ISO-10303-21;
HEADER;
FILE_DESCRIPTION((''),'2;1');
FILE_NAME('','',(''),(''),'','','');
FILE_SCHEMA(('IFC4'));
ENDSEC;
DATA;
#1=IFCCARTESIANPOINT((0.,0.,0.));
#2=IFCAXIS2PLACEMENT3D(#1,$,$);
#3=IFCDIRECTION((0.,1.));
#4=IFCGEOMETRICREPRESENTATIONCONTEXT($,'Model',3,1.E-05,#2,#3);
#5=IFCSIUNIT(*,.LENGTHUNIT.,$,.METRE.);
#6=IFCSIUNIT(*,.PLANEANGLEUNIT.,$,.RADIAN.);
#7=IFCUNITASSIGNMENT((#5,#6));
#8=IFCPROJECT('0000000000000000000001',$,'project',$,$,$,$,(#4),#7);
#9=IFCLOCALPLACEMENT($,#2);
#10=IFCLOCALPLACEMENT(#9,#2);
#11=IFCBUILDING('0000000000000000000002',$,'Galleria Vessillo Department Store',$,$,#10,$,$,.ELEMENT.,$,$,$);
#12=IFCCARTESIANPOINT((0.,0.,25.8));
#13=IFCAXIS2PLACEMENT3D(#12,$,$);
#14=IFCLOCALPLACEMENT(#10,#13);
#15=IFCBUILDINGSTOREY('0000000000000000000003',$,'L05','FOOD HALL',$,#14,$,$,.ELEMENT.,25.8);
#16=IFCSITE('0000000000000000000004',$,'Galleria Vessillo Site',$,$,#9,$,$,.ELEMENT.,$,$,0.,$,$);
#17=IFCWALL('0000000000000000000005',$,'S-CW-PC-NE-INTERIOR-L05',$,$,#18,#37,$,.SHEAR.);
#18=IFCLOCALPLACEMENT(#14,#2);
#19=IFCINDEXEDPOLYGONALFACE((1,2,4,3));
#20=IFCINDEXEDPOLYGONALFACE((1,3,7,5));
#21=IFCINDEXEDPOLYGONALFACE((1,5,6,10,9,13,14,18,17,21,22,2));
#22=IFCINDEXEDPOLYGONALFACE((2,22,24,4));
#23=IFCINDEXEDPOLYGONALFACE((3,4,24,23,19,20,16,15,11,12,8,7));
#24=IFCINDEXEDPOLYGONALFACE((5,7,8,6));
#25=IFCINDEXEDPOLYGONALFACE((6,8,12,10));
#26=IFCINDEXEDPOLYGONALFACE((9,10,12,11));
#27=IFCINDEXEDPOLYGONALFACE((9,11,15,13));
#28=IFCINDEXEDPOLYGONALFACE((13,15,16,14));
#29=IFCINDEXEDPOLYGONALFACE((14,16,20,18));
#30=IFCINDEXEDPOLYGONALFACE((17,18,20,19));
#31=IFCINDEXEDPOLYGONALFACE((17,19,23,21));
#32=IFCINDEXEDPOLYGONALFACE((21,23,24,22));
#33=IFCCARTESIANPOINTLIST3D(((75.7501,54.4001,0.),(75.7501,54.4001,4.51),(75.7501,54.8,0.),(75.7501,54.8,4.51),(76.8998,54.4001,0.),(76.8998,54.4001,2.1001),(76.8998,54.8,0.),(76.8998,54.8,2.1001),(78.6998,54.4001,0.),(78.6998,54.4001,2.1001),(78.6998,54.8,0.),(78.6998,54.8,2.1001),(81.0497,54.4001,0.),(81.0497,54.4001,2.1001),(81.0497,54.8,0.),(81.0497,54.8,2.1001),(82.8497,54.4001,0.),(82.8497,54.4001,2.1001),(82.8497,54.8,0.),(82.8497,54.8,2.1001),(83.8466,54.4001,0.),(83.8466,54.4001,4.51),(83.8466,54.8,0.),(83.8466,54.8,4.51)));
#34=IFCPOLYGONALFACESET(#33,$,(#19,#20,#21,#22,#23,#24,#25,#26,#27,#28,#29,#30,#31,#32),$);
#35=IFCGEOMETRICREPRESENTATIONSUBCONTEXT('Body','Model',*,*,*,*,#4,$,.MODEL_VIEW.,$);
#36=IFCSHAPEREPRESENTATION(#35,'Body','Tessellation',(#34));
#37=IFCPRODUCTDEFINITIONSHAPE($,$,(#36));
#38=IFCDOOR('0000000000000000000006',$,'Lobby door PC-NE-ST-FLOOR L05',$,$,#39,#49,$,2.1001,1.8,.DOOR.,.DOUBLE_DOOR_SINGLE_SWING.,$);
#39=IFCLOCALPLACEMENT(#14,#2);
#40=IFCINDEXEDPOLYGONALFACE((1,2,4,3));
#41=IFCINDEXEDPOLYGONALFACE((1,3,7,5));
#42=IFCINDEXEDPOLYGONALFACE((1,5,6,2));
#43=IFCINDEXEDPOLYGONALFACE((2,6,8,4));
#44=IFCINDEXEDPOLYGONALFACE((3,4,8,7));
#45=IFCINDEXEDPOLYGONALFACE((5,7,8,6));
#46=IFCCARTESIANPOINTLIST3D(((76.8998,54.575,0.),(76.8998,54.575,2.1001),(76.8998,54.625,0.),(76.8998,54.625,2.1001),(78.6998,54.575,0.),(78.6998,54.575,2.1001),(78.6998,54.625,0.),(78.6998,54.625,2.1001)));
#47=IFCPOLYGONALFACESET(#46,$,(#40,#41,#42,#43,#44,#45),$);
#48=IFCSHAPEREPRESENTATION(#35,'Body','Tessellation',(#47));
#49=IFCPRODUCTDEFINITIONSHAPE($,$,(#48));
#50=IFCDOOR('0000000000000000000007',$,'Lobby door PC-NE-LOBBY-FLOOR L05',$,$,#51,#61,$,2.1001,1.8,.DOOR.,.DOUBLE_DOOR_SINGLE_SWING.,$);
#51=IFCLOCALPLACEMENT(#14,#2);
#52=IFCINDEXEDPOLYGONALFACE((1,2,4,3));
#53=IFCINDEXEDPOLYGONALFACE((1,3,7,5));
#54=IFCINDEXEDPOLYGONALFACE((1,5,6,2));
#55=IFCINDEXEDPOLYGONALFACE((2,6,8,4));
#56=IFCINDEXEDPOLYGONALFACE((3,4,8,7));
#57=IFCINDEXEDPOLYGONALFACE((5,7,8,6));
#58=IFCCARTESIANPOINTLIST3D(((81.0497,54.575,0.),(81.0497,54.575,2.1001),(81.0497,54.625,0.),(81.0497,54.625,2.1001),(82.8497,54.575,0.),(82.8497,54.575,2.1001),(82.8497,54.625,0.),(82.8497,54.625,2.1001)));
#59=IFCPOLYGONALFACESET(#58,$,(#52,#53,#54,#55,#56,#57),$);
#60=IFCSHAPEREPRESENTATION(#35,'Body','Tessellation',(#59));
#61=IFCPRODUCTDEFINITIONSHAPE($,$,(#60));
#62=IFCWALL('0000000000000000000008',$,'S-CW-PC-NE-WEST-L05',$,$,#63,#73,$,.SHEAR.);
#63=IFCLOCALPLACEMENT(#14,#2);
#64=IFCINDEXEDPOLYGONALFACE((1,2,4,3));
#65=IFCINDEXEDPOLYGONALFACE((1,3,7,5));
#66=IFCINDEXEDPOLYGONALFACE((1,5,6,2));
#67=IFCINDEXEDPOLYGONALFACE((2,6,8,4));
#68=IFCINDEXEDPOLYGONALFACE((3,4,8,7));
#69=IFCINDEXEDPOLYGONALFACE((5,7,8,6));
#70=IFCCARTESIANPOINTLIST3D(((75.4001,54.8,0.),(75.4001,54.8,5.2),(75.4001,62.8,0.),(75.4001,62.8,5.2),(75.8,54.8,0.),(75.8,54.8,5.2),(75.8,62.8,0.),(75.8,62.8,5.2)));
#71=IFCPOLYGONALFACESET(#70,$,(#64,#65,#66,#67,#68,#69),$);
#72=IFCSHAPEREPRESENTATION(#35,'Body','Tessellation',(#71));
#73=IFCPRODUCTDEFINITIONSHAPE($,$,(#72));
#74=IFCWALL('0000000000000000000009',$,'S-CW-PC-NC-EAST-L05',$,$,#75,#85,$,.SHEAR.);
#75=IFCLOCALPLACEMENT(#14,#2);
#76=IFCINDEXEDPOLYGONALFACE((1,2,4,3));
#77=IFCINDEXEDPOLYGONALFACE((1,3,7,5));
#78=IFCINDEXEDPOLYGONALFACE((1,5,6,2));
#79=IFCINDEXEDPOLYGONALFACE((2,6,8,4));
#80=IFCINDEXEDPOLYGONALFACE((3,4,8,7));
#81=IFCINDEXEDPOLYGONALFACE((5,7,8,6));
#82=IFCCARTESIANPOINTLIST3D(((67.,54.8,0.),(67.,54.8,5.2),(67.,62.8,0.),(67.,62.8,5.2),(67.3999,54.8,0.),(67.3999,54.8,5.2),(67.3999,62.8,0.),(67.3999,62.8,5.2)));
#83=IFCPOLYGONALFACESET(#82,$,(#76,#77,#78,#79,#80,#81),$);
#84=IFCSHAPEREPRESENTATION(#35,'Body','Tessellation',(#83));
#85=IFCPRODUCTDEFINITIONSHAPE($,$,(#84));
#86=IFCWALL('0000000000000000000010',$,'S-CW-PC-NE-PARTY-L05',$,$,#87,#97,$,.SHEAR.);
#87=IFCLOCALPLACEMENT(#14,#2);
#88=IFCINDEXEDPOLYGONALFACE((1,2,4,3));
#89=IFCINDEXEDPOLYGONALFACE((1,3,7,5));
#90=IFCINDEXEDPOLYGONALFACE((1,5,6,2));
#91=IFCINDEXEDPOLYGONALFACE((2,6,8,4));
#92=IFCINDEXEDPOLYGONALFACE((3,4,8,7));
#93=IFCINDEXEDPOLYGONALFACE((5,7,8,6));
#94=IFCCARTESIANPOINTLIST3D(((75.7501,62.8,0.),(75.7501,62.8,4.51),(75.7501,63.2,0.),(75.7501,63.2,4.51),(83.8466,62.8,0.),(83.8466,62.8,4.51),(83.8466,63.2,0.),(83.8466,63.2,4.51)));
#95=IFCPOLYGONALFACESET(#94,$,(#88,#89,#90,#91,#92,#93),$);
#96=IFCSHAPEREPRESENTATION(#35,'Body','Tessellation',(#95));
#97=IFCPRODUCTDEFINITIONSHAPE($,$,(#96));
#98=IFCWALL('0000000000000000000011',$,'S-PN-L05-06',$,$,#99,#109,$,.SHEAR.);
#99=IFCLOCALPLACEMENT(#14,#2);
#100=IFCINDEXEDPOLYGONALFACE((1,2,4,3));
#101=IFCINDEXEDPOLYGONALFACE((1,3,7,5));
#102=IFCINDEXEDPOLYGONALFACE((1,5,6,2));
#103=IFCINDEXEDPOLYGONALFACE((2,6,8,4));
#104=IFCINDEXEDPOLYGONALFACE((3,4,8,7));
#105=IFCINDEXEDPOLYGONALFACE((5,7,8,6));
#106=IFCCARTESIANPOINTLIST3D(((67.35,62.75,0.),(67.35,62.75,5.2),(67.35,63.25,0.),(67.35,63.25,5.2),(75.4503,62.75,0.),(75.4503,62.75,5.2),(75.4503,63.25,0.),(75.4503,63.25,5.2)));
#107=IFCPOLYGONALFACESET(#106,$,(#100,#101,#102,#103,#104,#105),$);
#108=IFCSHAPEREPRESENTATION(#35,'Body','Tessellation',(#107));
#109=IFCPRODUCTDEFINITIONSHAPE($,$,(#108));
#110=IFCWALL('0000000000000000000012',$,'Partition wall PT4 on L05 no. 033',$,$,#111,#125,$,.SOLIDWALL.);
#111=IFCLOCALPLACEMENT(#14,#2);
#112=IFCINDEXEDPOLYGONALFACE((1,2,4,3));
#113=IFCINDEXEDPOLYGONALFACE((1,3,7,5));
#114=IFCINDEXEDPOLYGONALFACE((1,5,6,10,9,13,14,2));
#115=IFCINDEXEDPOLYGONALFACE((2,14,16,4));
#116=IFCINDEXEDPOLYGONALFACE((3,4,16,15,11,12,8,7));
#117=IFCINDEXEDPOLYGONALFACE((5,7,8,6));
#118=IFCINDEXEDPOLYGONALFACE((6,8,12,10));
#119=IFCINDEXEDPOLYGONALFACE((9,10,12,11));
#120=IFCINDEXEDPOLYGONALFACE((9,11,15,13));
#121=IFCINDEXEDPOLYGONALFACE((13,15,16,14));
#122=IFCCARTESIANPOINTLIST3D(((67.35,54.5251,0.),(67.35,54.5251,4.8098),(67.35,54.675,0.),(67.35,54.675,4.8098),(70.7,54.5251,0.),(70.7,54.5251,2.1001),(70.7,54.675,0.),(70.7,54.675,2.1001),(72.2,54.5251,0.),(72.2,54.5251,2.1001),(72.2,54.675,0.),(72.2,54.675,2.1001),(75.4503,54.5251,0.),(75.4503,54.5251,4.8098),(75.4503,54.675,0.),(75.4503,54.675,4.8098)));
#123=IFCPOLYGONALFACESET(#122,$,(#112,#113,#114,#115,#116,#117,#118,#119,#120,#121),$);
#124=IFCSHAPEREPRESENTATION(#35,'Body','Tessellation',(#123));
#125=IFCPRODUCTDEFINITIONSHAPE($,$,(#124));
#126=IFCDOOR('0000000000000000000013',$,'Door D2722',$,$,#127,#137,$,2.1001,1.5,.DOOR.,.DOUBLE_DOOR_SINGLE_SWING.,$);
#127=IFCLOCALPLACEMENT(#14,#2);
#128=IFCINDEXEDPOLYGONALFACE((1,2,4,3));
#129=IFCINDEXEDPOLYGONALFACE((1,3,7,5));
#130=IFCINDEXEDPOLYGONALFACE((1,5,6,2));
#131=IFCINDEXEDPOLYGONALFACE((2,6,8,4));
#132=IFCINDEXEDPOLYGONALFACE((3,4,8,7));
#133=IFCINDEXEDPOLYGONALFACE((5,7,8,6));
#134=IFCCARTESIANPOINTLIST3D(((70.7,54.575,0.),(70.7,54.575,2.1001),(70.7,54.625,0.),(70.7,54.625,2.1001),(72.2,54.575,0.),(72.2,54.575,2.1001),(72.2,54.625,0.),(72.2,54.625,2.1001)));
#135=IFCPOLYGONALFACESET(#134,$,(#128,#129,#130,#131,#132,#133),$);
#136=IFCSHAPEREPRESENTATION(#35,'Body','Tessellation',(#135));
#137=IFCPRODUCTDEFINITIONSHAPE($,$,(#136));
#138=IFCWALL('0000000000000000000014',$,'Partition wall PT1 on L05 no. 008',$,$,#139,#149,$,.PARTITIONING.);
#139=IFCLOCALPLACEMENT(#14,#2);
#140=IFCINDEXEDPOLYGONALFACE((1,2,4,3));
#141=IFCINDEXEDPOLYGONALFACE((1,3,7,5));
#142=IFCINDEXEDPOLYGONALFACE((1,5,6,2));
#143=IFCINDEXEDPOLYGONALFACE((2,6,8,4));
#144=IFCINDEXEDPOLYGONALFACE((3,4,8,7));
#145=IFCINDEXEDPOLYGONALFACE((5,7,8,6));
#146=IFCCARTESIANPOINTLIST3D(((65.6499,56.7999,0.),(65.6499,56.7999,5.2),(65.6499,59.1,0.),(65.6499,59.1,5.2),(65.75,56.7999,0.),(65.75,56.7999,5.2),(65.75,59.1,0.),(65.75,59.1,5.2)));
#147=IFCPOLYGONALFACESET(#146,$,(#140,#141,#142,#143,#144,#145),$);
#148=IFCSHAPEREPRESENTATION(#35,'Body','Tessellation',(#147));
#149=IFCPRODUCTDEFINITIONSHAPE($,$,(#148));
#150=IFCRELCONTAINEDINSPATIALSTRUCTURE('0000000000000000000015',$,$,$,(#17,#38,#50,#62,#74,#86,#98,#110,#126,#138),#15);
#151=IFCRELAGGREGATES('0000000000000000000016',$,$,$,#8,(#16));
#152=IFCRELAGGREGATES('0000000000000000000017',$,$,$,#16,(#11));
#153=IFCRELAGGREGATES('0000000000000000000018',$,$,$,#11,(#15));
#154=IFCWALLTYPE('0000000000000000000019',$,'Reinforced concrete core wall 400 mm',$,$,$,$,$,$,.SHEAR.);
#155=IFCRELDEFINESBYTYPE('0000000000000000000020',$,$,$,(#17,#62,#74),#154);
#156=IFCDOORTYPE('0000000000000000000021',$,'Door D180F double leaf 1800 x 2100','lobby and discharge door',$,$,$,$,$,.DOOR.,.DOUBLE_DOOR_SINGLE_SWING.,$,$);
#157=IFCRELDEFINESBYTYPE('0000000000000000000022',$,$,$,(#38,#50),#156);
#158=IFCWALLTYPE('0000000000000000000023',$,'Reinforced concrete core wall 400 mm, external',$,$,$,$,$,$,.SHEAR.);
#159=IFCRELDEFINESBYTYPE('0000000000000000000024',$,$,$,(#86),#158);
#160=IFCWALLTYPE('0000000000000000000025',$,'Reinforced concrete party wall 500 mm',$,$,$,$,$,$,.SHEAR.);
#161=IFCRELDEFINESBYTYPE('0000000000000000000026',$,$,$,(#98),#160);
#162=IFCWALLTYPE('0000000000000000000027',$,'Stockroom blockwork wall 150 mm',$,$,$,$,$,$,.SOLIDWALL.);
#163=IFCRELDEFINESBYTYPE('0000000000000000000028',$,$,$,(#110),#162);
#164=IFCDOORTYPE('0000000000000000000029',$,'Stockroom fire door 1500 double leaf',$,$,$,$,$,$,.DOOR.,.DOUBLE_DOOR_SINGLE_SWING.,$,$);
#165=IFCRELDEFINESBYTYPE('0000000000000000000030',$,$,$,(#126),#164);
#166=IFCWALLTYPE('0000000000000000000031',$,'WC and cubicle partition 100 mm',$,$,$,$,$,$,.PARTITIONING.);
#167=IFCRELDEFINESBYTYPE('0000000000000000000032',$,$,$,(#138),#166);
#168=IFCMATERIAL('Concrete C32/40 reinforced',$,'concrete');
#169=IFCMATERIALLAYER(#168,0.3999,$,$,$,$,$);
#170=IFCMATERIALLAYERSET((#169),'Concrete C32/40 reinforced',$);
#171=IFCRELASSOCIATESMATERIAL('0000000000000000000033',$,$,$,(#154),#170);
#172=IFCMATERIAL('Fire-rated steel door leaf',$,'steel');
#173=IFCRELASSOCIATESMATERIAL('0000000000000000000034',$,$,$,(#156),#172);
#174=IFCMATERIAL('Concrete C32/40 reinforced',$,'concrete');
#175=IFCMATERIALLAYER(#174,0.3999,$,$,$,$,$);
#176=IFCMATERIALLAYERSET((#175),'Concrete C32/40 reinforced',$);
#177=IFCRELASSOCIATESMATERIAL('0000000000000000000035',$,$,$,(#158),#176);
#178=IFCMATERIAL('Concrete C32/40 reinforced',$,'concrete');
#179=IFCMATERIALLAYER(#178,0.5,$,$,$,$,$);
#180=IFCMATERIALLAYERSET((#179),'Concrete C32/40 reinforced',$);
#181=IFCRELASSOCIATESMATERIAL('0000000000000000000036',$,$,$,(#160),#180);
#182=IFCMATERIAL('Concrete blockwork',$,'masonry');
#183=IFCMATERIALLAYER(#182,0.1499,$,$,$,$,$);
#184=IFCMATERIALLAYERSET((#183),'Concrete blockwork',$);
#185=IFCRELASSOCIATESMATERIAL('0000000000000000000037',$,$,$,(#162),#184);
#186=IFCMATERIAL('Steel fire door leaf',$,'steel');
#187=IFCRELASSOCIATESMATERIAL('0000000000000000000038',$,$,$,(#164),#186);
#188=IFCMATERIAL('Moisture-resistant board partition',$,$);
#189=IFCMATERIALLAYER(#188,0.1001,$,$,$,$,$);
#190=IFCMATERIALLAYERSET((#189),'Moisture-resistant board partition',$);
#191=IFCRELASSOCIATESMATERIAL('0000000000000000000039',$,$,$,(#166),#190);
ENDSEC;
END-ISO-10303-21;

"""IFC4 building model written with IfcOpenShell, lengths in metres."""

from ifc_helpers import new_model, si_unit, direction, frame, frame_2d, origin, place, context, subcontext, project, spatial, rectangle, extrude, material, layer, layer_set, type_object, element, fill, save


model = new_model("IFC4")

# Units and contexts
model_context = context("Model", 3, precision=1e-05, world=origin(), true_north=direction((0.0, 1.0)))
body_context = subcontext(model_context, "Body", "Model", "MODEL_VIEW")
ifc_project = project(units=[si_unit("LENGTHUNIT", "METRE"), si_unit("PLANEANGLEUNIT", "RADIAN")], contexts=[model_context])

# Site, building, storey
site_placement = place(None, origin())
site = spatial("IfcSite", under=ifc_project, at=site_placement, Name="Galleria Vessillo Site", CompositionType="ELEMENT", RefElevation=0.0)
building_placement = place(site_placement, origin())
building = spatial("IfcBuilding", under=site, at=building_placement, Name="Galleria Vessillo Department Store", CompositionType="ELEMENT")
storey_placement = place(building_placement, frame((0.0, 0.0, 25.8)))
storey = spatial("IfcBuildingStorey", under=building, at=storey_placement, Name="L05", Description="FOOD HALL", CompositionType="ELEMENT", Elevation=25.8)

# Wall, openings, doors
ifc_material_1 = material(Name="Concrete C32/40 reinforced", Category="concrete")
ifc_layer_1 = layer(ifc_material_1, 0.3999)
ifc_layer_set_1 = layer_set([ifc_layer_1], Name="Concrete C32/40 reinforced")
wall_type_1 = type_object("IfcWallType", Name="Reinforced concrete core wall 400 mm", PredefinedType="SHEAR", material=ifc_layer_set_1)
wall_1_placement = place(storey_placement, frame((75.75, 54.6001, 0.0), z_axis=(0.0, 0.0, 1.0), x_axis=(1.0, 0.0, 0.0)))
wall_1 = element("IfcWall", 1, at=wall_1_placement, inside=storey, type_object=wall_type_1, Name="S-CW-PC-NE-INTERIOR-L05", PredefinedType="SHEAR", context=body_context, shape_type="SweptSolid", body=[
    extrude(rectangle(XDim=8.0964, YDim=0.3999, at=frame_2d((4.0483, 0.0))), origin(), (0.0, 0.0, 1.0), 4.51),
])
opening_1_placement = place(wall_1_placement, frame((1.1499, 0.0, 0.0)))
opening_1 = element("IfcOpeningElement", 2, at=opening_1_placement, cuts=wall_1, PredefinedType="OPENING", context=body_context, shape_type="SweptSolid", body=[
    extrude(rectangle(XDim=1.8, YDim=2.1001, at=frame_2d((0.8999, 1.05))), frame((0.0, 0.21, 0.0), z_axis=(0.0, -1.0, 0.0), x_axis=(1.0, 0.0, 0.0)), (0.0, 0.0, 1.0), 0.4199),
])
opening_2_placement = place(wall_1_placement, frame((5.2998, 0.0, 0.0)))
opening_2 = element("IfcOpeningElement", 3, at=opening_2_placement, cuts=wall_1, PredefinedType="OPENING", context=body_context, shape_type="SweptSolid", body=[
    extrude(rectangle(XDim=1.8, YDim=2.1001, at=frame_2d((0.8999, 1.05))), frame((0.0, 0.21, 0.0), z_axis=(0.0, -1.0, 0.0), x_axis=(1.0, 0.0, 0.0)), (0.0, 0.0, 1.0), 0.4199),
])
ifc_material_2 = material(Name="Fire-rated steel door leaf", Category="steel")
door_type_1 = type_object("IfcDoorType", Name="Door D180F double leaf 1800 x 2100", Description="lobby and discharge door", OperationType="DOUBLE_DOOR_SINGLE_SWING", PredefinedType="DOOR", material=ifc_material_2)
door_1_placement = place(opening_1_placement, origin())
door_1 = element("IfcDoor", 4, at=door_1_placement, inside=storey, type_object=door_type_1, Name="Lobby door PC-NE-ST-FLOOR L05", OperationType="DOUBLE_DOOR_SINGLE_SWING", OverallHeight=2.1001, OverallWidth=1.8, PredefinedType="DOOR", context=body_context, shape_type="SweptSolid", body=[
    extrude(rectangle(XDim=1.8, YDim=2.1001, at=frame_2d((0.8999, 1.05))), frame((0.0, 0.0249, 0.0), z_axis=(0.0, -1.0, 0.0), x_axis=(1.0, 0.0, 0.0)), (0.0, 0.0, 1.0), 0.05),
])
fill(opening_1, door_1)
door_2_placement = place(opening_2_placement, origin())
door_2 = element("IfcDoor", 5, at=door_2_placement, inside=storey, type_object=door_type_1, Name="Lobby door PC-NE-LOBBY-FLOOR L05", OperationType="DOUBLE_DOOR_SINGLE_SWING", OverallHeight=2.1001, OverallWidth=1.8, PredefinedType="DOOR", context=body_context, shape_type="SweptSolid", body=[
    extrude(rectangle(XDim=1.8, YDim=2.1001, at=frame_2d((0.8999, 1.05))), frame((0.0, 0.0249, 0.0), z_axis=(0.0, -1.0, 0.0), x_axis=(1.0, 0.0, 0.0)), (0.0, 0.0, 1.0), 0.05),
])
fill(opening_2, door_2)

# Walls
for number, where, z_axis, x_axis, name in (
    (6, (75.6001, 54.8, 0.0), (0.0, 0.0, 1.0), (0.0, 1.0, 0.0), "S-CW-PC-NE-WEST-L05"),
    (7, (67.2, 54.8, 0.0), (0.0, 0.0, 1.0), (0.0, 1.0, 0.0), "S-CW-PC-NC-EAST-L05"),
):
    element("IfcWall", number, at=place(storey_placement, frame(where, z_axis=z_axis, x_axis=x_axis)), inside=storey, type_object=wall_type_1, Name=name, PredefinedType="SHEAR", context=body_context, shape_type="SweptSolid", body=[
        extrude(rectangle(XDim=8.0, YDim=0.3999, at=frame_2d((4.0, 0.0))), origin(), (0.0, 0.0, 1.0), 5.2),
    ])
ifc_material_3 = material(Name="Concrete C32/40 reinforced", Category="concrete")
ifc_layer_2 = layer(ifc_material_3, 0.3999)
ifc_layer_set_2 = layer_set([ifc_layer_2], Name="Concrete C32/40 reinforced")
wall_type_2 = type_object("IfcWallType", Name="Reinforced concrete core wall 400 mm, external", PredefinedType="SHEAR", material=ifc_layer_set_2)
wall_2_placement = place(storey_placement, frame((75.75, 63.0, 0.0), z_axis=(0.0, 0.0, 1.0), x_axis=(1.0, 0.0, 0.0)))
element("IfcWall", 8, at=wall_2_placement, inside=storey, type_object=wall_type_2, Name="S-CW-PC-NE-PARTY-L05", PredefinedType="SHEAR", context=body_context, shape_type="SweptSolid", body=[
    extrude(rectangle(XDim=8.0964, YDim=0.3999, at=frame_2d((4.0483, 0.0))), origin(), (0.0, 0.0, 1.0), 4.51),
])
ifc_material_4 = material(Name="Concrete C32/40 reinforced", Category="concrete")
ifc_layer_3 = layer(ifc_material_4, 0.5)
ifc_layer_set_3 = layer_set([ifc_layer_3], Name="Concrete C32/40 reinforced")
wall_type_3 = type_object("IfcWallType", Name="Reinforced concrete party wall 500 mm", PredefinedType="SHEAR", material=ifc_layer_set_3)
wall_3_placement = place(storey_placement, frame((67.3499, 63.0, 0.0), z_axis=(0.0, 0.0, 1.0), x_axis=(1.0, 0.0, 0.0)))
element("IfcWall", 9, at=wall_3_placement, inside=storey, type_object=wall_type_3, Name="S-PN-L05-06", PredefinedType="SHEAR", context=body_context, shape_type="SweptSolid", body=[
    extrude(rectangle(XDim=8.1003, YDim=0.5, at=frame_2d((4.0503, 0.0))), origin(), (0.0, 0.0, 1.0), 5.2),
])

# Wall, opening, door
ifc_material_5 = material(Name="Concrete blockwork", Category="masonry")
ifc_layer_4 = layer(ifc_material_5, 0.1499)
ifc_layer_set_4 = layer_set([ifc_layer_4], Name="Concrete blockwork")
wall_type_4 = type_object("IfcWallType", Name="Stockroom blockwork wall 150 mm", PredefinedType="SOLIDWALL", material=ifc_layer_set_4)
wall_4_placement = place(storey_placement, frame((67.3499, 54.6001, 0.0), z_axis=(0.0, 0.0, 1.0), x_axis=(1.0, 0.0, 0.0)))
wall_4 = element("IfcWall", 10, at=wall_4_placement, inside=storey, type_object=wall_type_4, Name="Partition wall PT4 on L05 no. 033", PredefinedType="SOLIDWALL", context=body_context, shape_type="SweptSolid", body=[
    extrude(rectangle(XDim=8.1003, YDim=0.1499, at=frame_2d((4.0503, 0.0))), origin(), (0.0, 0.0, 1.0), 4.8098),
])
opening_3_placement = place(wall_4_placement, frame((3.3501, 0.0, 0.0)))
opening_3 = element("IfcOpeningElement", 11, at=opening_3_placement, cuts=wall_4, PredefinedType="OPENING", context=body_context, shape_type="SweptSolid", body=[
    extrude(rectangle(XDim=1.5, YDim=2.1001, at=frame_2d((0.75, 1.05))), frame((0.0, 0.085, 0.0), z_axis=(0.0, -1.0, 0.0), x_axis=(1.0, 0.0, 0.0)), (0.0, 0.0, 1.0), 0.1699),
])
ifc_material_6 = material(Name="Steel fire door leaf", Category="steel")
door_type_2 = type_object("IfcDoorType", Name="Stockroom fire door 1500 double leaf", OperationType="DOUBLE_DOOR_SINGLE_SWING", PredefinedType="DOOR", material=ifc_material_6)
door_3_placement = place(opening_3_placement, origin())
door_3 = element("IfcDoor", 12, at=door_3_placement, inside=storey, type_object=door_type_2, Name="Door D2722", OperationType="DOUBLE_DOOR_SINGLE_SWING", OverallHeight=2.1001, OverallWidth=1.5, PredefinedType="DOOR", context=body_context, shape_type="SweptSolid", body=[
    extrude(rectangle(XDim=1.5, YDim=2.1001, at=frame_2d((0.75, 1.05))), frame((0.0, 0.0249, 0.0), z_axis=(0.0, -1.0, 0.0), x_axis=(1.0, 0.0, 0.0)), (0.0, 0.0, 1.0), 0.05),
])
fill(opening_3, door_3)

# Wall
ifc_material_7 = material(Name="Moisture-resistant board partition")
ifc_layer_5 = layer(ifc_material_7, 0.1001)
ifc_layer_set_5 = layer_set([ifc_layer_5], Name="Moisture-resistant board partition")
wall_type_5 = type_object("IfcWallType", Name="WC and cubicle partition 100 mm", PredefinedType="PARTITIONING", material=ifc_layer_set_5)
wall_5_placement = place(storey_placement, frame((65.7, 56.8, 0.0), z_axis=(0.0, 0.0, 1.0), x_axis=(0.0, 1.0, 0.0)))
element("IfcWall", 13, at=wall_5_placement, inside=storey, type_object=wall_type_5, Name="Partition wall PT1 on L05 no. 008", PredefinedType="PARTITIONING", context=body_context, shape_type="SweptSolid", body=[
    extrude(rectangle(XDim=2.3, YDim=0.1001, at=frame_2d((1.1499, 0.0))), origin(), (0.0, 0.0, 1.0), 5.2),
])

save(model, "model.ifc")
